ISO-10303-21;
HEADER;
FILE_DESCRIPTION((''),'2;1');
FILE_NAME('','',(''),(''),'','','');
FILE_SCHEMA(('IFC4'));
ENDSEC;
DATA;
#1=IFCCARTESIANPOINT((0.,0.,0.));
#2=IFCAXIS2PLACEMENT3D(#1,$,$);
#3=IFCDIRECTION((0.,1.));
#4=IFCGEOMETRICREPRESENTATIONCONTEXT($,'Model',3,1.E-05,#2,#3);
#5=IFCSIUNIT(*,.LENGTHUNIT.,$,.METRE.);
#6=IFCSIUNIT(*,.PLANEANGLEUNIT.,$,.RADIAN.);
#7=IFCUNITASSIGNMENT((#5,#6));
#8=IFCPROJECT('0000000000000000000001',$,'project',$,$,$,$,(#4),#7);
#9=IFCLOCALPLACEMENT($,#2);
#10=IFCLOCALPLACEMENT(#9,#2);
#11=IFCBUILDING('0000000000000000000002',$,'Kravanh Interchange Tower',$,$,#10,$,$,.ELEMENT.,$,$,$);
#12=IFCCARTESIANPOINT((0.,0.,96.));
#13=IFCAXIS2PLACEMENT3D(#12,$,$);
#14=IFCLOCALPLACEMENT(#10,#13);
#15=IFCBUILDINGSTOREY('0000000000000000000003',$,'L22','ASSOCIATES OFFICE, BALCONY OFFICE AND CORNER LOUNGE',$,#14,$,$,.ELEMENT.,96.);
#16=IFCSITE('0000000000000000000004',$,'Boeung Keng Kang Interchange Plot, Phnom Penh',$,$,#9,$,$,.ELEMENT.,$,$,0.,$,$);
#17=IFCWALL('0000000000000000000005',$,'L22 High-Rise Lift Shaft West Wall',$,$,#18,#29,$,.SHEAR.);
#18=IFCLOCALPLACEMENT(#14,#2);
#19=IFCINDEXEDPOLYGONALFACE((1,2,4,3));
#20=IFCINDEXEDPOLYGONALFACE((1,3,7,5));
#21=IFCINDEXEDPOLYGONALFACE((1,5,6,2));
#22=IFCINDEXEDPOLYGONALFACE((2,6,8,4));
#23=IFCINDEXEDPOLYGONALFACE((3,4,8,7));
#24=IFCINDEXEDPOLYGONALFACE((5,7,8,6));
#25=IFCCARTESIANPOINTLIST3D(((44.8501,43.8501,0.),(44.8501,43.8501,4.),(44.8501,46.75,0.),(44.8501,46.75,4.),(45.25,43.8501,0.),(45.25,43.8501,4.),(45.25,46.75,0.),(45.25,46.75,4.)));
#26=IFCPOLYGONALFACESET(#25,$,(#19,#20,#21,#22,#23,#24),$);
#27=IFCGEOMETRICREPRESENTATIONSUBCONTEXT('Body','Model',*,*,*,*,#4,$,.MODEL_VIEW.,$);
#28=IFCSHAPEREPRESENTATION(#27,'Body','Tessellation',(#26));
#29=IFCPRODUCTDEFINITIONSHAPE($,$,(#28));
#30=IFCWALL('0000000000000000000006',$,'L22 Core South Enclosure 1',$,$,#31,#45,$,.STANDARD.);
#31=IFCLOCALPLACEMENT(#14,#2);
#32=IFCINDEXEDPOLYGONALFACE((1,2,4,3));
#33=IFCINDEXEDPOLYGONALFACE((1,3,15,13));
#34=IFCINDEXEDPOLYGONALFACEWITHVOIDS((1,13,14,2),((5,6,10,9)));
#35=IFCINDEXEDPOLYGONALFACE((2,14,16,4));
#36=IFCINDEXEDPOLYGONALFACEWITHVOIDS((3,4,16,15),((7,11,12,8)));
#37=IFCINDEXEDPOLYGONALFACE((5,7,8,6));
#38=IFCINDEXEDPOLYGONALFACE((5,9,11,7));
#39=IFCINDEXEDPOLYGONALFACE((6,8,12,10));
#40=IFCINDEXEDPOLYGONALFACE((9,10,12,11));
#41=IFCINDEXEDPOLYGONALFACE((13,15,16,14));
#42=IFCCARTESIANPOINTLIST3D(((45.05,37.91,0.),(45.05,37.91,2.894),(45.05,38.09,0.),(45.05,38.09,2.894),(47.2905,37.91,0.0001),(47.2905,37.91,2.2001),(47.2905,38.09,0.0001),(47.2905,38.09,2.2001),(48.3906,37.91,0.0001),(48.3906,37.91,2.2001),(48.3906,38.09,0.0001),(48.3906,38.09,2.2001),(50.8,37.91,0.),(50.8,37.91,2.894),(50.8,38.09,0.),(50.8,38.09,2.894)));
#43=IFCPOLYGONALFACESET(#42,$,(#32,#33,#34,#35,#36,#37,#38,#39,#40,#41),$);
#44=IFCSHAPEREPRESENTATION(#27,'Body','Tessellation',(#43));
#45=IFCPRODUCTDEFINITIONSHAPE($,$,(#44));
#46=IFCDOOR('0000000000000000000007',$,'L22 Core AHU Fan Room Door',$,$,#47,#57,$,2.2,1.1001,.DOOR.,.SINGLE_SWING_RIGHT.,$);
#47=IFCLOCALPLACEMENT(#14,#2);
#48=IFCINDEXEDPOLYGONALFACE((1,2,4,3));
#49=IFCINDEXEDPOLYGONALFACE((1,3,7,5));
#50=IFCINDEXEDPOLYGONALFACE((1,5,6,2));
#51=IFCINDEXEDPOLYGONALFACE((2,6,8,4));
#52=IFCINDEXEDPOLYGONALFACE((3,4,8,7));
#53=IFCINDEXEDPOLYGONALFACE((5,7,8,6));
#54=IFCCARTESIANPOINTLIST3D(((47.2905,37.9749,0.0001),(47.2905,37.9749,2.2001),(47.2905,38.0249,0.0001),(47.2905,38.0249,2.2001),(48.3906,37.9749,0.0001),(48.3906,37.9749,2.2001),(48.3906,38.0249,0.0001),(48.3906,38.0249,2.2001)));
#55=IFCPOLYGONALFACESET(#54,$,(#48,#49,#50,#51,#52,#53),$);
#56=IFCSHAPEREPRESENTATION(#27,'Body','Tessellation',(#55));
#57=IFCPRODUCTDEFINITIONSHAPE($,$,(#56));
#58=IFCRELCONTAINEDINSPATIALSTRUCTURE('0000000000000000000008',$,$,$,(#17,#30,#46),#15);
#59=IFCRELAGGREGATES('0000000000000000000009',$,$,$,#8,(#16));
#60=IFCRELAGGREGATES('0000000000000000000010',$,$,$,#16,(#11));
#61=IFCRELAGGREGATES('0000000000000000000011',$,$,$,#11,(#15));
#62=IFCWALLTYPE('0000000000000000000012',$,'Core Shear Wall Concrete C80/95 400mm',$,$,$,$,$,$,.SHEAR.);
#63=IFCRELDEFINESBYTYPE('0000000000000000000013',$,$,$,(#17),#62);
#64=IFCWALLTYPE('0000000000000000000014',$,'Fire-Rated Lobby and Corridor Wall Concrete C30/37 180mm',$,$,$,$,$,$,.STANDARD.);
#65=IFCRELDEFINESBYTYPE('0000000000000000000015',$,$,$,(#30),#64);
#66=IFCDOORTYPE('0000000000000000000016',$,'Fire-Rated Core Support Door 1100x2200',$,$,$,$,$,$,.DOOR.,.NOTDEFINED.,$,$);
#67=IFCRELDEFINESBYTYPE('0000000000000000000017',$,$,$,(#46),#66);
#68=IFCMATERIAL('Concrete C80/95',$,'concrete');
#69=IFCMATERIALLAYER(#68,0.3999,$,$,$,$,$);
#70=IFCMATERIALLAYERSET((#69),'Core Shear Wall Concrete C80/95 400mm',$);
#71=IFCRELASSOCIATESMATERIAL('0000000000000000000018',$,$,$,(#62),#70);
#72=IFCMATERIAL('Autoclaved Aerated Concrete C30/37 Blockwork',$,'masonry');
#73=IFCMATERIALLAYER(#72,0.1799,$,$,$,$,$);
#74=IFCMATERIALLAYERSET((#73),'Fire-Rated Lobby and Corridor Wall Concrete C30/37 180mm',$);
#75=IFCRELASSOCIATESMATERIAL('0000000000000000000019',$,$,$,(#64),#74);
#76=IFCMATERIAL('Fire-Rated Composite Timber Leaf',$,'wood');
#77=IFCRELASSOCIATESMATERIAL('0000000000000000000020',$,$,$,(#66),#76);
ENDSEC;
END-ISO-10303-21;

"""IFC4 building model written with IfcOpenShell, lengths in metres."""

from ifc_helpers import new_model, si_unit, direction, frame, frame_2d, origin, place, context, subcontext, project, spatial, rectangle, extrude, material, layer, layer_set, type_object, element, fill, save


model = new_model("IFC4")

# Units and contexts
model_context = context("Model", 3, precision=1e-05, world=origin(), true_north=direction((0.0, 1.0)))
body_context = subcontext(model_context, "Body", "Model", "MODEL_VIEW")
ifc_project = project(units=[si_unit("LENGTHUNIT", "METRE"), si_unit("PLANEANGLEUNIT", "RADIAN")], contexts=[model_context])

# Site, building, storey
site_placement = place(None, origin())
site = spatial("IfcSite", under=ifc_project, at=site_placement, Name="Boeung Keng Kang Interchange Plot, Phnom Penh", CompositionType="ELEMENT", RefElevation=0.0)
building_placement = place(site_placement, origin())
building = spatial("IfcBuilding", under=site, at=building_placement, Name="Kravanh Interchange Tower", CompositionType="ELEMENT")
storey_placement = place(building_placement, frame((0.0, 0.0, 96.0)))
storey = spatial("IfcBuildingStorey", under=building, at=storey_placement, Name="L22", Description="ASSOCIATES OFFICE, BALCONY OFFICE AND CORNER LOUNGE", CompositionType="ELEMENT", Elevation=96.0)

# Wall
ifc_material_1 = material(Name="Concrete C80/95", Category="concrete")
ifc_layer_1 = layer(ifc_material_1, 0.3999)
ifc_layer_set_1 = layer_set([ifc_layer_1], Name="Core Shear Wall Concrete C80/95 400mm")
wall_type_1 = type_object("IfcWallType", Name="Core Shear Wall Concrete C80/95 400mm", PredefinedType="SHEAR", material=ifc_layer_set_1)
wall_1_placement = place(storey_placement, frame((45.05, 43.8501, 0.0), z_axis=(0.0, 0.0, 1.0), x_axis=(0.0, 1.0, 0.0)))
element("IfcWall", 1, at=wall_1_placement, inside=storey, type_object=wall_type_1, Name="L22 High-Rise Lift Shaft West Wall", PredefinedType="SHEAR", context=body_context, shape_type="SweptSolid", body=[
    extrude(rectangle(XDim=2.8999, YDim=0.3999, at=frame_2d((1.45, 0.0))), origin(), (0.0, 0.0, 1.0), 4.0),
])

# Wall, opening, door
ifc_material_2 = material(Name="Autoclaved Aerated Concrete C30/37 Blockwork", Category="masonry")
ifc_layer_2 = layer(ifc_material_2, 0.1799)
ifc_layer_set_2 = layer_set([ifc_layer_2], Name="Fire-Rated Lobby and Corridor Wall Concrete C30/37 180mm")
wall_type_2 = type_object("IfcWallType", Name="Fire-Rated Lobby and Corridor Wall Concrete C30/37 180mm", PredefinedType="STANDARD", material=ifc_layer_set_2)
wall_2_placement = place(storey_placement, frame((45.05, 38.0, 0.0), z_axis=(0.0, 0.0, 1.0), x_axis=(1.0, 0.0, 0.0)))
wall_2 = element("IfcWall", 2, at=wall_2_placement, inside=storey, type_object=wall_type_2, Name="L22 Core South Enclosure 1", PredefinedType="STANDARD", context=body_context, shape_type="SweptSolid", body=[
    extrude(rectangle(XDim=5.75, YDim=0.1799, at=frame_2d((2.875, 0.0))), origin(), (0.0, 0.0, 1.0), 2.894),
])
opening_1_placement = place(wall_2_placement, frame((2.2405, 0.0, 0.0)))
opening_1 = element("IfcOpeningElement", 3, at=opening_1_placement, cuts=wall_2, PredefinedType="OPENING", context=body_context, shape_type="SweptSolid", body=[
    extrude(rectangle(XDim=1.1001, YDim=2.2, at=frame_2d((0.55, 1.1001))), frame((0.0, 0.1001, 0.0), z_axis=(0.0, -1.0, 0.0), x_axis=(1.0, 0.0, 0.0)), (0.0, 0.0, 1.0), 0.2),
])
ifc_material_3 = material(Name="Fire-Rated Composite Timber Leaf", Category="wood")
door_type_1 = type_object("IfcDoorType", Name="Fire-Rated Core Support Door 1100x2200", OperationType="NOTDEFINED", PredefinedType="DOOR", material=ifc_material_3)
door_1_placement = place(opening_1_placement, origin())
door_1 = element("IfcDoor", 4, at=door_1_placement, inside=storey, type_object=door_type_1, Name="L22 Core AHU Fan Room Door", OperationType="SINGLE_SWING_RIGHT", OverallHeight=2.2, OverallWidth=1.1001, PredefinedType="DOOR", context=body_context, shape_type="SweptSolid", body=[
    extrude(rectangle(XDim=1.1001, YDim=2.2, at=frame_2d((0.55, 1.1001))), frame((0.0, 0.0249, 0.0), z_axis=(0.0, -1.0, 0.0), x_axis=(1.0, 0.0, 0.0)), (0.0, 0.0, 1.0), 0.05),
])
fill(opening_1, door_1)

save(model, "model.ifc")
